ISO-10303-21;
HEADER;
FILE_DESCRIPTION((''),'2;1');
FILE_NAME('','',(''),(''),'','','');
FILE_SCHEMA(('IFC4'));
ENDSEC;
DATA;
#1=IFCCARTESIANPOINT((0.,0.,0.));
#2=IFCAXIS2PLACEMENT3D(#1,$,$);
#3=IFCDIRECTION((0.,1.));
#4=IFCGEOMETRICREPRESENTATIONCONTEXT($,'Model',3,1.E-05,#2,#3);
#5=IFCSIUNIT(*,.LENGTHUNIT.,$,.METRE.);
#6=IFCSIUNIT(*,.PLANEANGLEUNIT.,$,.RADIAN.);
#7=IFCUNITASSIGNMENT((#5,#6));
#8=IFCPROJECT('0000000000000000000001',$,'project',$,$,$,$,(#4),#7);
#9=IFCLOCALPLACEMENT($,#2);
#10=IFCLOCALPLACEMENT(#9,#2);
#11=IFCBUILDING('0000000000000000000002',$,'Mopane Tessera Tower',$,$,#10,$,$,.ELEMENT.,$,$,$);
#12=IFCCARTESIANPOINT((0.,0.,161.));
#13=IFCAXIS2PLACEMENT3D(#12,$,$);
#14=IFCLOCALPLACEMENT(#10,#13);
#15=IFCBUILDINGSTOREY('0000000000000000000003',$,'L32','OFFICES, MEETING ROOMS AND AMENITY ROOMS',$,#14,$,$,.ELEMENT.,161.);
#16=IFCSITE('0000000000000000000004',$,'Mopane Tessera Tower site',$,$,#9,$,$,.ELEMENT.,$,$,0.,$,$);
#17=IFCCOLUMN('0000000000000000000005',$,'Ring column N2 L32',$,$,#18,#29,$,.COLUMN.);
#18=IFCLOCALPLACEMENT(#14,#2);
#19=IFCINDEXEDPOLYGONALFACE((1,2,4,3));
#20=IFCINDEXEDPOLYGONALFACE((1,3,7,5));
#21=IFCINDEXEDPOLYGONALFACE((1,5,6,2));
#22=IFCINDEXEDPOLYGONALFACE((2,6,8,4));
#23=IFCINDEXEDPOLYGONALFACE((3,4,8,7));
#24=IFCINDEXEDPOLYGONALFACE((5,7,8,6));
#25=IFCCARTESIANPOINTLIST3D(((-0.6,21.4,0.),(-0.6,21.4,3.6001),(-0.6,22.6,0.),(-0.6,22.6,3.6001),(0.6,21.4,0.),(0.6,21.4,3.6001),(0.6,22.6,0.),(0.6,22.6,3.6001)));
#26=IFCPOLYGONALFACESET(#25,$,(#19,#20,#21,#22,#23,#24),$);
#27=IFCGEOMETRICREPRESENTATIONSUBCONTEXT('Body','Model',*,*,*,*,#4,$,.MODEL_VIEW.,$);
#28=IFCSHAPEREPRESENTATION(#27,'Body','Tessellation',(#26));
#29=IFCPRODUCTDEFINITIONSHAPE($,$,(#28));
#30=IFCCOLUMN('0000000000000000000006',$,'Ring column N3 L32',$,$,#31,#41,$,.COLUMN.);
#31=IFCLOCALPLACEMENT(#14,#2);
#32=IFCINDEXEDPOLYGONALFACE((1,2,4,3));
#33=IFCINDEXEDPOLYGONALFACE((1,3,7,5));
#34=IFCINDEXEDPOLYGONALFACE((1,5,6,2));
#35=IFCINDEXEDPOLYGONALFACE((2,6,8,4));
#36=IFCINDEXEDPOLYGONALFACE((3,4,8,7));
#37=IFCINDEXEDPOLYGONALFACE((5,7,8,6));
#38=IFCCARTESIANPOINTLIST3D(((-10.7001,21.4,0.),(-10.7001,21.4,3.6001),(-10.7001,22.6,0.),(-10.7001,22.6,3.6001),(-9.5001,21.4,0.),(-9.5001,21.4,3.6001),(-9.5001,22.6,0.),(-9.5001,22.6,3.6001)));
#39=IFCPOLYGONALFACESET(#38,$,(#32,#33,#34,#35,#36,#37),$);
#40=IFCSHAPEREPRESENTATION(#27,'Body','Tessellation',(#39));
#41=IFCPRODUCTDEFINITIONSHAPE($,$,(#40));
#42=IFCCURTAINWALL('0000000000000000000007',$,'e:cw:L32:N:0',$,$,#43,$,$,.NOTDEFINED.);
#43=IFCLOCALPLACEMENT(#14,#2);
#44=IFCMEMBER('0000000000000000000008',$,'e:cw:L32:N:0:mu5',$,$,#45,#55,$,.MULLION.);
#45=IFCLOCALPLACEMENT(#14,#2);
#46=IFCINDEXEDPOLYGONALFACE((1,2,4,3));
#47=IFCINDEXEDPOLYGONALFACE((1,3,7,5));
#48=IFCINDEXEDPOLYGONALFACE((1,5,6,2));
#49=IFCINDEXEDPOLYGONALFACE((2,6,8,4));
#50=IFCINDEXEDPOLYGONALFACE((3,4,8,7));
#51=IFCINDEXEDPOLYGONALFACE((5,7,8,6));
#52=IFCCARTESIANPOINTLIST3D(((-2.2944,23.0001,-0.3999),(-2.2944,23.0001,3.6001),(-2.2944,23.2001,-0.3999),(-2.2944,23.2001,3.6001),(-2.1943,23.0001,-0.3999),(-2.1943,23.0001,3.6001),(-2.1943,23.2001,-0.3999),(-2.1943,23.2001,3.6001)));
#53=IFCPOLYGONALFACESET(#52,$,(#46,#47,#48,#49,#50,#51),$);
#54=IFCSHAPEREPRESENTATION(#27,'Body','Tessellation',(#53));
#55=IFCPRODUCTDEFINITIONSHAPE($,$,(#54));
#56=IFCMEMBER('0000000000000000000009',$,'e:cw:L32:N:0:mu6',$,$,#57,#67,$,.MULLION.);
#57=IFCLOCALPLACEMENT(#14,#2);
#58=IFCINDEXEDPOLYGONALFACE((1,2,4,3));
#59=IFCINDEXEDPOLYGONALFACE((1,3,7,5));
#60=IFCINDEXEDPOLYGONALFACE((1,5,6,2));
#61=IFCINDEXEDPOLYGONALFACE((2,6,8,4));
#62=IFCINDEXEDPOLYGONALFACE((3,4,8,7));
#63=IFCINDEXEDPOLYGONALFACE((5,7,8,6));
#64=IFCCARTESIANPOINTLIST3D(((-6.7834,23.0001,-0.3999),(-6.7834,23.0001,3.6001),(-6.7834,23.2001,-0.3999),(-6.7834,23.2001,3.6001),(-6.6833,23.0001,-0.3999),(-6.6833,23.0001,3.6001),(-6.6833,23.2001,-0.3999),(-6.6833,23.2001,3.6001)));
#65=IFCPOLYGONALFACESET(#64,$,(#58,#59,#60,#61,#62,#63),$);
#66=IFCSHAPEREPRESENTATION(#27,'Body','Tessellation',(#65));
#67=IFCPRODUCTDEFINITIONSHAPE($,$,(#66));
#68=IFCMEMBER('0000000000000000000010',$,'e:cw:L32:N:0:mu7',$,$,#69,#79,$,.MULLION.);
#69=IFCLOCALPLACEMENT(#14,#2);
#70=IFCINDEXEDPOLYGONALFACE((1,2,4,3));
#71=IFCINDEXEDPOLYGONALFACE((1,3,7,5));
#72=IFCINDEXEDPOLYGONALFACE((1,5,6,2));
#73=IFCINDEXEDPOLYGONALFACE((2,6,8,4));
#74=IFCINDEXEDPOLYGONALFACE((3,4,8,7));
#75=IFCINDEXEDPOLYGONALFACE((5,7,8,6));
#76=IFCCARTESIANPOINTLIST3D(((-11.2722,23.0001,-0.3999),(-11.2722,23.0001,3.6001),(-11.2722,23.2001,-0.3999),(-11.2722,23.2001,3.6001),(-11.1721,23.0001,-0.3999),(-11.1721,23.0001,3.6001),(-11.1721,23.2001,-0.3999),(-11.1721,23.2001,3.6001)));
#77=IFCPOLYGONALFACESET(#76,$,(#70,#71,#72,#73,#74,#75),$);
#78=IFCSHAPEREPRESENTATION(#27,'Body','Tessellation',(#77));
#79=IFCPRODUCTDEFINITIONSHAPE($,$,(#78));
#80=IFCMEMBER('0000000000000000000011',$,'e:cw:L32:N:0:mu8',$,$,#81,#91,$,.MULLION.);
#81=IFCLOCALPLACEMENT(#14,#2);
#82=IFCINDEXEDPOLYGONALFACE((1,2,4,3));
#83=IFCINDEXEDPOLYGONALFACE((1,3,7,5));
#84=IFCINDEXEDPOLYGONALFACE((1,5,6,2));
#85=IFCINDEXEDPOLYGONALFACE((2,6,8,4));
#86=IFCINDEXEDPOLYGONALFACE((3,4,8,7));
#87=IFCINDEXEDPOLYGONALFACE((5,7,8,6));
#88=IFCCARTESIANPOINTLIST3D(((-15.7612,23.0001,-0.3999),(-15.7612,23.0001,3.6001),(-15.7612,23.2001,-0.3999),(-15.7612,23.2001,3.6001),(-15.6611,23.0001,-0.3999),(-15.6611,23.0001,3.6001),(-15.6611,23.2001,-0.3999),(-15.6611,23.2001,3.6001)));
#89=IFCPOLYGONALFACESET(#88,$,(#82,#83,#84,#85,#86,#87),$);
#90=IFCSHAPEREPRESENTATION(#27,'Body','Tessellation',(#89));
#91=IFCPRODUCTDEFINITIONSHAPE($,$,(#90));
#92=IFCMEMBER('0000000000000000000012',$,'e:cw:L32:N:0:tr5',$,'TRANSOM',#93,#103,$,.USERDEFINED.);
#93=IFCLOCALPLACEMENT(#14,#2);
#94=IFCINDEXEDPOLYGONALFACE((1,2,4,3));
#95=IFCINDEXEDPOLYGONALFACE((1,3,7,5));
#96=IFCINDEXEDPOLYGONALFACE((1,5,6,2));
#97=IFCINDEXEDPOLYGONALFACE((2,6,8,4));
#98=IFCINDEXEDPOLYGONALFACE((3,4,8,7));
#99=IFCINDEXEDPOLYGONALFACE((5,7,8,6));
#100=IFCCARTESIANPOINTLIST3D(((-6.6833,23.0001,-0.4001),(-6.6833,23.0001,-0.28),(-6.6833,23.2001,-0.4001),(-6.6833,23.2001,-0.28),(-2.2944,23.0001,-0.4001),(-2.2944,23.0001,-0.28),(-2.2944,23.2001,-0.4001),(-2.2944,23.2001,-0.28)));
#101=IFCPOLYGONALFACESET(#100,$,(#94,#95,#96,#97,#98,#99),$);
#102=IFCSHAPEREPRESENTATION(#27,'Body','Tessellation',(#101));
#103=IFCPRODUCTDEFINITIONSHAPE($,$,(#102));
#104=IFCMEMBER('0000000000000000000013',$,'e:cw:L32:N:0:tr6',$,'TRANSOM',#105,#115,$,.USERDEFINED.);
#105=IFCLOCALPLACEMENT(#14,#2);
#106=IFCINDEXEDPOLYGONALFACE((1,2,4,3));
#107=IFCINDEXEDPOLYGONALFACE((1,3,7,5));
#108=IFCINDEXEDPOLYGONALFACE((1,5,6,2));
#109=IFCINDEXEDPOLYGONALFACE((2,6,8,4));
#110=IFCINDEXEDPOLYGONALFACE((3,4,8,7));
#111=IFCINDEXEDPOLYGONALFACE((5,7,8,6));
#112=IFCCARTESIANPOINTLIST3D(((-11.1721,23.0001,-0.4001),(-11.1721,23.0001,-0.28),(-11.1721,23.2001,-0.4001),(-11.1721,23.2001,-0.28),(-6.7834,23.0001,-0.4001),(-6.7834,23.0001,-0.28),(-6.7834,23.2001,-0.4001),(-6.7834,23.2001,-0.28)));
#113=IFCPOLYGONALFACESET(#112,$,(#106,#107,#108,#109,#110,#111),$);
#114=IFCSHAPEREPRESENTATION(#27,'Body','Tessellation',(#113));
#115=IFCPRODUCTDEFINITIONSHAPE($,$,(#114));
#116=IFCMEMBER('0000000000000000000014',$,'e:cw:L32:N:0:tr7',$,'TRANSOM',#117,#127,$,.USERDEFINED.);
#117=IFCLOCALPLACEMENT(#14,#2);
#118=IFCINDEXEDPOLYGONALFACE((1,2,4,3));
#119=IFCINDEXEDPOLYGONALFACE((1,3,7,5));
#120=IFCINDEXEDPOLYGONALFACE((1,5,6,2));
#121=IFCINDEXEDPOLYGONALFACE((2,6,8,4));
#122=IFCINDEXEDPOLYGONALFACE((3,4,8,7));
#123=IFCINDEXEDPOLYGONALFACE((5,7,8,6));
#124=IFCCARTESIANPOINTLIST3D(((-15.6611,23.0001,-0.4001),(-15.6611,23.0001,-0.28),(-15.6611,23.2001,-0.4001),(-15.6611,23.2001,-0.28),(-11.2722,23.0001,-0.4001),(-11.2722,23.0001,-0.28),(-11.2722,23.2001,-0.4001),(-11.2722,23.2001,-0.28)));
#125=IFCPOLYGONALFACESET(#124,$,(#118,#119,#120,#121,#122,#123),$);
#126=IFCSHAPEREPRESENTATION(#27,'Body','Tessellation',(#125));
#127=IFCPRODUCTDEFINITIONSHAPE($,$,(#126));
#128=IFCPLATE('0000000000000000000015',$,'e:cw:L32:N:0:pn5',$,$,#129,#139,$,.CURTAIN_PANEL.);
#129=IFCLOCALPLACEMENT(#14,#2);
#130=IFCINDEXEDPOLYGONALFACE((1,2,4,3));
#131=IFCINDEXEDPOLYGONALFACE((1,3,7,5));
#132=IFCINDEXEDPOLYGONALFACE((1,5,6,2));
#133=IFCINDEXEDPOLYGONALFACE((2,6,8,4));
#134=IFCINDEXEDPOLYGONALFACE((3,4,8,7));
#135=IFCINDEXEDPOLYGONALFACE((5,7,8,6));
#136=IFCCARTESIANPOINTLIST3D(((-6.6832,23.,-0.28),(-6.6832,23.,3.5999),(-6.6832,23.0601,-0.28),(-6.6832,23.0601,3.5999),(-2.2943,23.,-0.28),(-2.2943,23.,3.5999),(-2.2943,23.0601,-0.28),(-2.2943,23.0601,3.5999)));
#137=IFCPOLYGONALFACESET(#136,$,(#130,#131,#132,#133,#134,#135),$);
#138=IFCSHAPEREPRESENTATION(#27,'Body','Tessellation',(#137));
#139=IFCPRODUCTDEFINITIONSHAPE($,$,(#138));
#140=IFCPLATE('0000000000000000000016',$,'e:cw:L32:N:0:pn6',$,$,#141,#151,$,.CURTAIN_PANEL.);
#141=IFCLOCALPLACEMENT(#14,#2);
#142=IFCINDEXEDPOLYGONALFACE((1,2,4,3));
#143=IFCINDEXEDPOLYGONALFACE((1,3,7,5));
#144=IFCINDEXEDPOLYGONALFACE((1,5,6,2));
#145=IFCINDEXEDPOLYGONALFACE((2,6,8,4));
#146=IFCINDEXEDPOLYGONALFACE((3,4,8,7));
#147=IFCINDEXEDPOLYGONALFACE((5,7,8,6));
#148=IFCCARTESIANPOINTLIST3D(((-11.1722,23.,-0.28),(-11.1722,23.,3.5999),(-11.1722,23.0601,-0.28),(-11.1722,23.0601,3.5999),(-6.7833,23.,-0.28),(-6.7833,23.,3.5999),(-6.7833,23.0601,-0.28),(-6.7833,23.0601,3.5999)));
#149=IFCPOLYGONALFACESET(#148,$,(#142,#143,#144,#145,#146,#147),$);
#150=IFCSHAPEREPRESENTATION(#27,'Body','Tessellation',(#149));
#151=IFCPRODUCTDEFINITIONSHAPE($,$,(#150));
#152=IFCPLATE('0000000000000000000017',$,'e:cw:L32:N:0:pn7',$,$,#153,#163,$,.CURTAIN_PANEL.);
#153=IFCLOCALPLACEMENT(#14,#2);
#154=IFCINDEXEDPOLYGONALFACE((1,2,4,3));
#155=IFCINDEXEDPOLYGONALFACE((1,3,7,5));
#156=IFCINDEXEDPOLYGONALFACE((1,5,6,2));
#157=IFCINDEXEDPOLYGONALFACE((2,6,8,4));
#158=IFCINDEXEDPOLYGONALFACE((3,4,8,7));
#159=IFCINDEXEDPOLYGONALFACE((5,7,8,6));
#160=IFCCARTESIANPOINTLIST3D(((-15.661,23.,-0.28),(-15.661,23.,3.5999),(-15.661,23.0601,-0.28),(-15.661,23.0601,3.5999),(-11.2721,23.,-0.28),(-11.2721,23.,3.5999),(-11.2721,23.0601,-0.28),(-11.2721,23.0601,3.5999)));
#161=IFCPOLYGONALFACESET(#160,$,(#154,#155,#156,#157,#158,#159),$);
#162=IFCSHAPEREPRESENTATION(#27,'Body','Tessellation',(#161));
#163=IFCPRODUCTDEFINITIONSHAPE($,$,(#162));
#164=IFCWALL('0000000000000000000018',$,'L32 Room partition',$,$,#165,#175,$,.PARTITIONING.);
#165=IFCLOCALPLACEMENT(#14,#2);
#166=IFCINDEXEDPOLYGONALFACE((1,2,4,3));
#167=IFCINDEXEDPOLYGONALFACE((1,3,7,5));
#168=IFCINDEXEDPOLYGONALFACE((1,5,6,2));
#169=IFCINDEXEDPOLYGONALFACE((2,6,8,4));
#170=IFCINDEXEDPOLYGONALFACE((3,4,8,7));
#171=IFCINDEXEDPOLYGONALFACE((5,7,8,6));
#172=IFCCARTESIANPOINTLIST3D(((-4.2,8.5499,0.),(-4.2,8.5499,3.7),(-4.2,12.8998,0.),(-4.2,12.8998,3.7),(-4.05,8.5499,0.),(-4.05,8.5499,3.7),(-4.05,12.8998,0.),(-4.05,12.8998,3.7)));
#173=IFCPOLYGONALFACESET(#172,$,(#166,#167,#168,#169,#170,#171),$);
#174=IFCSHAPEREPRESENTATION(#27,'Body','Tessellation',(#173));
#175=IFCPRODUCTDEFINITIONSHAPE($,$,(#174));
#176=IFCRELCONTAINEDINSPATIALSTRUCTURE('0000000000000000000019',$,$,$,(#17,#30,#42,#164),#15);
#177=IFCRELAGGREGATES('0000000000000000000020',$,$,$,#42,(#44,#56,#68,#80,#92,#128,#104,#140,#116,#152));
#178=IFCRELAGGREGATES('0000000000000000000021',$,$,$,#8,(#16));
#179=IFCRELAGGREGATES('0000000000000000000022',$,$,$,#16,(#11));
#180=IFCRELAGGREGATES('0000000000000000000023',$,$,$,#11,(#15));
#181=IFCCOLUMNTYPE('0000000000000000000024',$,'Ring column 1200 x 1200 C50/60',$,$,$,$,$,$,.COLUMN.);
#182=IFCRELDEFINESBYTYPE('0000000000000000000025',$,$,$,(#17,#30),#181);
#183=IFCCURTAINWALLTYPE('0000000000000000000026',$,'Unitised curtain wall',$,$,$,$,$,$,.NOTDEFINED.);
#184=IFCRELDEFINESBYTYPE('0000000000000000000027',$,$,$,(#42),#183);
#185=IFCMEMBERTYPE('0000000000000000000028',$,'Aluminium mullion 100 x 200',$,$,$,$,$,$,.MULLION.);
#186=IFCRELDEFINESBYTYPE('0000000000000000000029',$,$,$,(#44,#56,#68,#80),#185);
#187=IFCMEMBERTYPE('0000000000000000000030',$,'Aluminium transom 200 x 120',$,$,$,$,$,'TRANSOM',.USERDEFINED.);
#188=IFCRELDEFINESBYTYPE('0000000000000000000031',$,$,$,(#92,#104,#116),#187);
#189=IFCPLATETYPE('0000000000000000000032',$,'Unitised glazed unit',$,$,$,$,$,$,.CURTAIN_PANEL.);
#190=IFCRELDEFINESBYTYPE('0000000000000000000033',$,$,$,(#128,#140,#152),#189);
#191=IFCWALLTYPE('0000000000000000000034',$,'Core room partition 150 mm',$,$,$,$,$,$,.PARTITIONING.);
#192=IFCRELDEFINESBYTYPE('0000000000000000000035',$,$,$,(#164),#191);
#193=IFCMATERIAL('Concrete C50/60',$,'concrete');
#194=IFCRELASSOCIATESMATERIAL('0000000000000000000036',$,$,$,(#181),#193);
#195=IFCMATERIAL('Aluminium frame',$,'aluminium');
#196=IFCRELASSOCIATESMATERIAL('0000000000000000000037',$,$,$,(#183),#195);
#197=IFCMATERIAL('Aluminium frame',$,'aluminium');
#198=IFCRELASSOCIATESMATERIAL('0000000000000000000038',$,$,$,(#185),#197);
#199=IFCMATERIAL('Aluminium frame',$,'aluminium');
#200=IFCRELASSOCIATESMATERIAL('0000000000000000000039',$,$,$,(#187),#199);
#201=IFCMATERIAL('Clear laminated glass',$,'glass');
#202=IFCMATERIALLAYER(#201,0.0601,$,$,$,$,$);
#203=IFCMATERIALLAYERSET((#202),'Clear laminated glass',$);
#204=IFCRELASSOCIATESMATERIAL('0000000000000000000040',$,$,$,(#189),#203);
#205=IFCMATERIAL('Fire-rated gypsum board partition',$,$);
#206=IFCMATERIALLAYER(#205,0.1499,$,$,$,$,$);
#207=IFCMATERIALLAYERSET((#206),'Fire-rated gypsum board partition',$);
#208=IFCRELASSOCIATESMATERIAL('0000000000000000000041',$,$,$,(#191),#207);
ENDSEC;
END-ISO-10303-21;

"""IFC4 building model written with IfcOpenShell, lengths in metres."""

from ifc_helpers import new_model, si_unit, direction, frame, frame_2d, origin, origin_2d, place, context, subcontext, project, spatial, rectangle, extrude, material, layer, layer_set, material_profile, profile_set, type_object, element, aggregate, save


model = new_model("IFC4")

# Units and contexts
model_context = context("Model", 3, precision=1e-05, world=origin(), true_north=direction((0.0, 1.0)))
body_context = subcontext(model_context, "Body", "Model", "MODEL_VIEW")
ifc_project = project(units=[si_unit("LENGTHUNIT", "METRE"), si_unit("PLANEANGLEUNIT", "RADIAN")], contexts=[model_context])

# Site, building, storey
site_placement = place(None, origin())
site = spatial("IfcSite", under=ifc_project, at=site_placement, Name="Mopane Tessera Tower site", CompositionType="ELEMENT", RefElevation=0.0)
building_placement = place(site_placement, origin())
building = spatial("IfcBuilding", under=site, at=building_placement, Name="Mopane Tessera Tower", CompositionType="ELEMENT")
storey_placement = place(building_placement, frame((0.0, 0.0, 161.0)))
storey = spatial("IfcBuildingStorey", under=building, at=storey_placement, Name="L32", Description="OFFICES, MEETING ROOMS AND AMENITY ROOMS", CompositionType="ELEMENT", Elevation=161.0)

# Columns
ifc_material_1 = material(Name="Concrete C50/60", Category="concrete")
ifc_material_profile_1 = material_profile(ifc_material_1, rectangle(XDim=1.2, YDim=1.2, at=origin_2d()))
ifc_profile_set_1 = profile_set([ifc_material_profile_1], Name="Concrete C50/60")
column_type = type_object("IfcColumnType", Name="Ring column 1200 x 1200 C50/60", PredefinedType="COLUMN", material=ifc_profile_set_1)
for number, where, z_axis, x_axis, name in (
    (1, (0.0, 22.0, 0.0), (0.0, 0.0, 1.0), (1.0, 0.0, 0.0), "Ring column N2 L32"),
    (2, (-10.1001, 22.0, 0.0), (0.0, 0.0, 1.0), (1.0, 0.0, 0.0), "Ring column N3 L32"),
):
    element("IfcColumn", number, at=place(storey_placement, frame(where, z_axis=z_axis, x_axis=x_axis)), inside=storey, type_object=column_type, Name=name, PredefinedType="COLUMN", context=body_context, shape_type="SweptSolid", body=[
        extrude(rectangle(XDim=1.2, YDim=1.2, at=origin_2d()), origin(), (0.0, 0.0, 1.0), 3.6001),
    ])

# Curtain wall, members, plates
ifc_material_2 = material(Name="Aluminium frame", Category="aluminium")
curtain_wall_type = type_object("IfcCurtainWallType", Name="Unitised curtain wall", PredefinedType="NOTDEFINED", material=ifc_material_2)
curtain_wall_placement = place(storey_placement, origin())
curtain_wall = element("IfcCurtainWall", 3, at=curtain_wall_placement, inside=storey, type_object=curtain_wall_type, Name="e:cw:L32:N:0", PredefinedType="NOTDEFINED")
ifc_material_3 = material(Name="Aluminium frame", Category="aluminium")
ifc_material_profile_2 = material_profile(ifc_material_3, rectangle(XDim=0.1001, YDim=0.2, at=origin_2d()))
ifc_profile_set_2 = profile_set([ifc_material_profile_2], Name="Aluminium frame")
member_type_1 = type_object("IfcMemberType", Name="Aluminium mullion 100 x 200", PredefinedType="MULLION", material=ifc_profile_set_2)
member_1_placement = place(storey_placement, frame((-2.2444, 23.1001, -0.3999), z_axis=(0.0, 0.0, 1.0), x_axis=(-1.0, 0.0, 0.0)))
member_1 = element("IfcMember", 4, at=member_1_placement, type_object=member_type_1, Name="e:cw:L32:N:0:mu5", PredefinedType="MULLION", context=body_context, shape_type="SweptSolid", body=[
    extrude(rectangle(XDim=0.1001, YDim=0.2, at=origin_2d()), origin(), (0.0, 0.0, 1.0), 4.0),
])
member_2_placement = place(storey_placement, frame((-6.7334, 23.1001, -0.3999), z_axis=(0.0, 0.0, 1.0), x_axis=(-1.0, 0.0, 0.0)))
member_2 = element("IfcMember", 5, at=member_2_placement, type_object=member_type_1, Name="e:cw:L32:N:0:mu6", PredefinedType="MULLION", context=body_context, shape_type="SweptSolid", body=[
    extrude(rectangle(XDim=0.1001, YDim=0.2, at=origin_2d()), origin(), (0.0, 0.0, 1.0), 4.0),
])
member_3_placement = place(storey_placement, frame((-11.2222, 23.1001, -0.3999), z_axis=(0.0, 0.0, 1.0), x_axis=(-1.0, 0.0, 0.0)))
member_3 = element("IfcMember", 6, at=member_3_placement, type_object=member_type_1, Name="e:cw:L32:N:0:mu7", PredefinedType="MULLION", context=body_context, shape_type="SweptSolid", body=[
    extrude(rectangle(XDim=0.1001, YDim=0.2, at=origin_2d()), origin(), (0.0, 0.0, 1.0), 4.0),
])
member_4_placement = place(storey_placement, frame((-15.7112, 23.1001, -0.3999), z_axis=(0.0, 0.0, 1.0), x_axis=(-1.0, 0.0, 0.0)))
member_4 = element("IfcMember", 7, at=member_4_placement, type_object=member_type_1, Name="e:cw:L32:N:0:mu8", PredefinedType="MULLION", context=body_context, shape_type="SweptSolid", body=[
    extrude(rectangle(XDim=0.1001, YDim=0.2, at=origin_2d()), origin(), (0.0, 0.0, 1.0), 4.0),
])
ifc_material_4 = material(Name="Aluminium frame", Category="aluminium")
ifc_material_profile_3 = material_profile(ifc_material_4, rectangle(XDim=0.2, YDim=0.1201, at=origin_2d()))
ifc_profile_set_3 = profile_set([ifc_material_profile_3], Name="Aluminium frame")
member_type_2 = type_object("IfcMemberType", Name="Aluminium transom 200 x 120", ElementType="TRANSOM", PredefinedType="USERDEFINED", material=ifc_profile_set_3)
member_5_placement = place(storey_placement, frame((-2.2944, 23.1001, -0.3401), z_axis=(-1.0, 0.0, 0.0), x_axis=(0.0, -1.0, 0.0)))
member_5 = element("IfcMember", 8, at=member_5_placement, type_object=member_type_2, Name="e:cw:L32:N:0:tr5", ObjectType="TRANSOM", PredefinedType="USERDEFINED", context=body_context, shape_type="SweptSolid", body=[
    extrude(rectangle(XDim=0.2, YDim=0.1201, at=origin_2d()), origin(), (0.0, 0.0, 1.0), 4.3889),
])
member_6_placement = place(storey_placement, frame((-6.7834, 23.1001, -0.3401), z_axis=(-1.0, 0.0, 0.0), x_axis=(0.0, -1.0, 0.0)))
member_6 = element("IfcMember", 9, at=member_6_placement, type_object=member_type_2, Name="e:cw:L32:N:0:tr6", ObjectType="TRANSOM", PredefinedType="USERDEFINED", context=body_context, shape_type="SweptSolid", body=[
    extrude(rectangle(XDim=0.2, YDim=0.1201, at=origin_2d()), origin(), (0.0, 0.0, 1.0), 4.3887),
])
member_7_placement = place(storey_placement, frame((-11.2722, 23.1001, -0.3401), z_axis=(-1.0, 0.0, 0.0), x_axis=(0.0, -1.0, 0.0)))
member_7 = element("IfcMember", 10, at=member_7_placement, type_object=member_type_2, Name="e:cw:L32:N:0:tr7", ObjectType="TRANSOM", PredefinedType="USERDEFINED", context=body_context, shape_type="SweptSolid", body=[
    extrude(rectangle(XDim=0.2, YDim=0.1201, at=origin_2d()), origin(), (0.0, 0.0, 1.0), 4.3889),
])
ifc_material_5 = material(Name="Clear laminated glass", Category="glass")
ifc_layer_1 = layer(ifc_material_5, 0.0601)
ifc_layer_set_1 = layer_set([ifc_layer_1], Name="Clear laminated glass")
plate_type = type_object("IfcPlateType", Name="Unitised glazed unit", PredefinedType="CURTAIN_PANEL", material=ifc_layer_set_1)
plate_1_placement = place(storey_placement, frame((-4.4888, 23.03, -0.28), z_axis=(0.0, 0.0, 1.0), x_axis=(-1.0, 0.0, 0.0)))
plate_1 = element("IfcPlate", 11, at=plate_1_placement, type_object=plate_type, Name="e:cw:L32:N:0:pn5", PredefinedType="CURTAIN_PANEL", context=body_context, shape_type="SweptSolid", body=[
    extrude(rectangle(XDim=4.3889, YDim=0.0601, at=origin_2d()), origin(), (0.0, 0.0, 1.0), 3.8799),
])
plate_2_placement = place(storey_placement, frame((-8.9778, 23.03, -0.28), z_axis=(0.0, 0.0, 1.0), x_axis=(-1.0, 0.0, 0.0)))
plate_2 = element("IfcPlate", 12, at=plate_2_placement, type_object=plate_type, Name="e:cw:L32:N:0:pn6", PredefinedType="CURTAIN_PANEL", context=body_context, shape_type="SweptSolid", body=[
    extrude(rectangle(XDim=4.3889, YDim=0.0601, at=origin_2d()), origin(), (0.0, 0.0, 1.0), 3.8799),
])
plate_3_placement = place(storey_placement, frame((-13.4666, 23.03, -0.28), z_axis=(0.0, 0.0, 1.0), x_axis=(-1.0, 0.0, 0.0)))
plate_3 = element("IfcPlate", 13, at=plate_3_placement, type_object=plate_type, Name="e:cw:L32:N:0:pn7", PredefinedType="CURTAIN_PANEL", context=body_context, shape_type="SweptSolid", body=[
    extrude(rectangle(XDim=4.3889, YDim=0.0601, at=origin_2d()), origin(), (0.0, 0.0, 1.0), 3.8799),
])
aggregate(curtain_wall, [member_1, member_2, member_3, member_4, member_5, plate_1, member_6, plate_2, member_7, plate_3])

# Wall
ifc_material_6 = material(Name="Fire-rated gypsum board partition")
ifc_layer_2 = layer(ifc_material_6, 0.1499)
ifc_layer_set_2 = layer_set([ifc_layer_2], Name="Fire-rated gypsum board partition")
wall_type_1 = type_object("IfcWallType", Name="Core room partition 150 mm", PredefinedType="PARTITIONING", material=ifc_layer_set_2)
wall_1_placement = place(storey_placement, frame((-4.125, 8.55, 0.0), z_axis=(0.0, 0.0, 1.0), x_axis=(0.0, 1.0, 0.0)))
element("IfcWall", 14, at=wall_1_placement, inside=storey, type_object=wall_type_1, Name="L32 Room partition", PredefinedType="PARTITIONING", context=body_context, shape_type="SweptSolid", body=[
    extrude(rectangle(XDim=4.3499, YDim=0.1499, at=frame_2d((2.1748, 0.0))), origin(), (0.0, 0.0, 1.0), 3.7),
])

save(model, "model.ifc")
